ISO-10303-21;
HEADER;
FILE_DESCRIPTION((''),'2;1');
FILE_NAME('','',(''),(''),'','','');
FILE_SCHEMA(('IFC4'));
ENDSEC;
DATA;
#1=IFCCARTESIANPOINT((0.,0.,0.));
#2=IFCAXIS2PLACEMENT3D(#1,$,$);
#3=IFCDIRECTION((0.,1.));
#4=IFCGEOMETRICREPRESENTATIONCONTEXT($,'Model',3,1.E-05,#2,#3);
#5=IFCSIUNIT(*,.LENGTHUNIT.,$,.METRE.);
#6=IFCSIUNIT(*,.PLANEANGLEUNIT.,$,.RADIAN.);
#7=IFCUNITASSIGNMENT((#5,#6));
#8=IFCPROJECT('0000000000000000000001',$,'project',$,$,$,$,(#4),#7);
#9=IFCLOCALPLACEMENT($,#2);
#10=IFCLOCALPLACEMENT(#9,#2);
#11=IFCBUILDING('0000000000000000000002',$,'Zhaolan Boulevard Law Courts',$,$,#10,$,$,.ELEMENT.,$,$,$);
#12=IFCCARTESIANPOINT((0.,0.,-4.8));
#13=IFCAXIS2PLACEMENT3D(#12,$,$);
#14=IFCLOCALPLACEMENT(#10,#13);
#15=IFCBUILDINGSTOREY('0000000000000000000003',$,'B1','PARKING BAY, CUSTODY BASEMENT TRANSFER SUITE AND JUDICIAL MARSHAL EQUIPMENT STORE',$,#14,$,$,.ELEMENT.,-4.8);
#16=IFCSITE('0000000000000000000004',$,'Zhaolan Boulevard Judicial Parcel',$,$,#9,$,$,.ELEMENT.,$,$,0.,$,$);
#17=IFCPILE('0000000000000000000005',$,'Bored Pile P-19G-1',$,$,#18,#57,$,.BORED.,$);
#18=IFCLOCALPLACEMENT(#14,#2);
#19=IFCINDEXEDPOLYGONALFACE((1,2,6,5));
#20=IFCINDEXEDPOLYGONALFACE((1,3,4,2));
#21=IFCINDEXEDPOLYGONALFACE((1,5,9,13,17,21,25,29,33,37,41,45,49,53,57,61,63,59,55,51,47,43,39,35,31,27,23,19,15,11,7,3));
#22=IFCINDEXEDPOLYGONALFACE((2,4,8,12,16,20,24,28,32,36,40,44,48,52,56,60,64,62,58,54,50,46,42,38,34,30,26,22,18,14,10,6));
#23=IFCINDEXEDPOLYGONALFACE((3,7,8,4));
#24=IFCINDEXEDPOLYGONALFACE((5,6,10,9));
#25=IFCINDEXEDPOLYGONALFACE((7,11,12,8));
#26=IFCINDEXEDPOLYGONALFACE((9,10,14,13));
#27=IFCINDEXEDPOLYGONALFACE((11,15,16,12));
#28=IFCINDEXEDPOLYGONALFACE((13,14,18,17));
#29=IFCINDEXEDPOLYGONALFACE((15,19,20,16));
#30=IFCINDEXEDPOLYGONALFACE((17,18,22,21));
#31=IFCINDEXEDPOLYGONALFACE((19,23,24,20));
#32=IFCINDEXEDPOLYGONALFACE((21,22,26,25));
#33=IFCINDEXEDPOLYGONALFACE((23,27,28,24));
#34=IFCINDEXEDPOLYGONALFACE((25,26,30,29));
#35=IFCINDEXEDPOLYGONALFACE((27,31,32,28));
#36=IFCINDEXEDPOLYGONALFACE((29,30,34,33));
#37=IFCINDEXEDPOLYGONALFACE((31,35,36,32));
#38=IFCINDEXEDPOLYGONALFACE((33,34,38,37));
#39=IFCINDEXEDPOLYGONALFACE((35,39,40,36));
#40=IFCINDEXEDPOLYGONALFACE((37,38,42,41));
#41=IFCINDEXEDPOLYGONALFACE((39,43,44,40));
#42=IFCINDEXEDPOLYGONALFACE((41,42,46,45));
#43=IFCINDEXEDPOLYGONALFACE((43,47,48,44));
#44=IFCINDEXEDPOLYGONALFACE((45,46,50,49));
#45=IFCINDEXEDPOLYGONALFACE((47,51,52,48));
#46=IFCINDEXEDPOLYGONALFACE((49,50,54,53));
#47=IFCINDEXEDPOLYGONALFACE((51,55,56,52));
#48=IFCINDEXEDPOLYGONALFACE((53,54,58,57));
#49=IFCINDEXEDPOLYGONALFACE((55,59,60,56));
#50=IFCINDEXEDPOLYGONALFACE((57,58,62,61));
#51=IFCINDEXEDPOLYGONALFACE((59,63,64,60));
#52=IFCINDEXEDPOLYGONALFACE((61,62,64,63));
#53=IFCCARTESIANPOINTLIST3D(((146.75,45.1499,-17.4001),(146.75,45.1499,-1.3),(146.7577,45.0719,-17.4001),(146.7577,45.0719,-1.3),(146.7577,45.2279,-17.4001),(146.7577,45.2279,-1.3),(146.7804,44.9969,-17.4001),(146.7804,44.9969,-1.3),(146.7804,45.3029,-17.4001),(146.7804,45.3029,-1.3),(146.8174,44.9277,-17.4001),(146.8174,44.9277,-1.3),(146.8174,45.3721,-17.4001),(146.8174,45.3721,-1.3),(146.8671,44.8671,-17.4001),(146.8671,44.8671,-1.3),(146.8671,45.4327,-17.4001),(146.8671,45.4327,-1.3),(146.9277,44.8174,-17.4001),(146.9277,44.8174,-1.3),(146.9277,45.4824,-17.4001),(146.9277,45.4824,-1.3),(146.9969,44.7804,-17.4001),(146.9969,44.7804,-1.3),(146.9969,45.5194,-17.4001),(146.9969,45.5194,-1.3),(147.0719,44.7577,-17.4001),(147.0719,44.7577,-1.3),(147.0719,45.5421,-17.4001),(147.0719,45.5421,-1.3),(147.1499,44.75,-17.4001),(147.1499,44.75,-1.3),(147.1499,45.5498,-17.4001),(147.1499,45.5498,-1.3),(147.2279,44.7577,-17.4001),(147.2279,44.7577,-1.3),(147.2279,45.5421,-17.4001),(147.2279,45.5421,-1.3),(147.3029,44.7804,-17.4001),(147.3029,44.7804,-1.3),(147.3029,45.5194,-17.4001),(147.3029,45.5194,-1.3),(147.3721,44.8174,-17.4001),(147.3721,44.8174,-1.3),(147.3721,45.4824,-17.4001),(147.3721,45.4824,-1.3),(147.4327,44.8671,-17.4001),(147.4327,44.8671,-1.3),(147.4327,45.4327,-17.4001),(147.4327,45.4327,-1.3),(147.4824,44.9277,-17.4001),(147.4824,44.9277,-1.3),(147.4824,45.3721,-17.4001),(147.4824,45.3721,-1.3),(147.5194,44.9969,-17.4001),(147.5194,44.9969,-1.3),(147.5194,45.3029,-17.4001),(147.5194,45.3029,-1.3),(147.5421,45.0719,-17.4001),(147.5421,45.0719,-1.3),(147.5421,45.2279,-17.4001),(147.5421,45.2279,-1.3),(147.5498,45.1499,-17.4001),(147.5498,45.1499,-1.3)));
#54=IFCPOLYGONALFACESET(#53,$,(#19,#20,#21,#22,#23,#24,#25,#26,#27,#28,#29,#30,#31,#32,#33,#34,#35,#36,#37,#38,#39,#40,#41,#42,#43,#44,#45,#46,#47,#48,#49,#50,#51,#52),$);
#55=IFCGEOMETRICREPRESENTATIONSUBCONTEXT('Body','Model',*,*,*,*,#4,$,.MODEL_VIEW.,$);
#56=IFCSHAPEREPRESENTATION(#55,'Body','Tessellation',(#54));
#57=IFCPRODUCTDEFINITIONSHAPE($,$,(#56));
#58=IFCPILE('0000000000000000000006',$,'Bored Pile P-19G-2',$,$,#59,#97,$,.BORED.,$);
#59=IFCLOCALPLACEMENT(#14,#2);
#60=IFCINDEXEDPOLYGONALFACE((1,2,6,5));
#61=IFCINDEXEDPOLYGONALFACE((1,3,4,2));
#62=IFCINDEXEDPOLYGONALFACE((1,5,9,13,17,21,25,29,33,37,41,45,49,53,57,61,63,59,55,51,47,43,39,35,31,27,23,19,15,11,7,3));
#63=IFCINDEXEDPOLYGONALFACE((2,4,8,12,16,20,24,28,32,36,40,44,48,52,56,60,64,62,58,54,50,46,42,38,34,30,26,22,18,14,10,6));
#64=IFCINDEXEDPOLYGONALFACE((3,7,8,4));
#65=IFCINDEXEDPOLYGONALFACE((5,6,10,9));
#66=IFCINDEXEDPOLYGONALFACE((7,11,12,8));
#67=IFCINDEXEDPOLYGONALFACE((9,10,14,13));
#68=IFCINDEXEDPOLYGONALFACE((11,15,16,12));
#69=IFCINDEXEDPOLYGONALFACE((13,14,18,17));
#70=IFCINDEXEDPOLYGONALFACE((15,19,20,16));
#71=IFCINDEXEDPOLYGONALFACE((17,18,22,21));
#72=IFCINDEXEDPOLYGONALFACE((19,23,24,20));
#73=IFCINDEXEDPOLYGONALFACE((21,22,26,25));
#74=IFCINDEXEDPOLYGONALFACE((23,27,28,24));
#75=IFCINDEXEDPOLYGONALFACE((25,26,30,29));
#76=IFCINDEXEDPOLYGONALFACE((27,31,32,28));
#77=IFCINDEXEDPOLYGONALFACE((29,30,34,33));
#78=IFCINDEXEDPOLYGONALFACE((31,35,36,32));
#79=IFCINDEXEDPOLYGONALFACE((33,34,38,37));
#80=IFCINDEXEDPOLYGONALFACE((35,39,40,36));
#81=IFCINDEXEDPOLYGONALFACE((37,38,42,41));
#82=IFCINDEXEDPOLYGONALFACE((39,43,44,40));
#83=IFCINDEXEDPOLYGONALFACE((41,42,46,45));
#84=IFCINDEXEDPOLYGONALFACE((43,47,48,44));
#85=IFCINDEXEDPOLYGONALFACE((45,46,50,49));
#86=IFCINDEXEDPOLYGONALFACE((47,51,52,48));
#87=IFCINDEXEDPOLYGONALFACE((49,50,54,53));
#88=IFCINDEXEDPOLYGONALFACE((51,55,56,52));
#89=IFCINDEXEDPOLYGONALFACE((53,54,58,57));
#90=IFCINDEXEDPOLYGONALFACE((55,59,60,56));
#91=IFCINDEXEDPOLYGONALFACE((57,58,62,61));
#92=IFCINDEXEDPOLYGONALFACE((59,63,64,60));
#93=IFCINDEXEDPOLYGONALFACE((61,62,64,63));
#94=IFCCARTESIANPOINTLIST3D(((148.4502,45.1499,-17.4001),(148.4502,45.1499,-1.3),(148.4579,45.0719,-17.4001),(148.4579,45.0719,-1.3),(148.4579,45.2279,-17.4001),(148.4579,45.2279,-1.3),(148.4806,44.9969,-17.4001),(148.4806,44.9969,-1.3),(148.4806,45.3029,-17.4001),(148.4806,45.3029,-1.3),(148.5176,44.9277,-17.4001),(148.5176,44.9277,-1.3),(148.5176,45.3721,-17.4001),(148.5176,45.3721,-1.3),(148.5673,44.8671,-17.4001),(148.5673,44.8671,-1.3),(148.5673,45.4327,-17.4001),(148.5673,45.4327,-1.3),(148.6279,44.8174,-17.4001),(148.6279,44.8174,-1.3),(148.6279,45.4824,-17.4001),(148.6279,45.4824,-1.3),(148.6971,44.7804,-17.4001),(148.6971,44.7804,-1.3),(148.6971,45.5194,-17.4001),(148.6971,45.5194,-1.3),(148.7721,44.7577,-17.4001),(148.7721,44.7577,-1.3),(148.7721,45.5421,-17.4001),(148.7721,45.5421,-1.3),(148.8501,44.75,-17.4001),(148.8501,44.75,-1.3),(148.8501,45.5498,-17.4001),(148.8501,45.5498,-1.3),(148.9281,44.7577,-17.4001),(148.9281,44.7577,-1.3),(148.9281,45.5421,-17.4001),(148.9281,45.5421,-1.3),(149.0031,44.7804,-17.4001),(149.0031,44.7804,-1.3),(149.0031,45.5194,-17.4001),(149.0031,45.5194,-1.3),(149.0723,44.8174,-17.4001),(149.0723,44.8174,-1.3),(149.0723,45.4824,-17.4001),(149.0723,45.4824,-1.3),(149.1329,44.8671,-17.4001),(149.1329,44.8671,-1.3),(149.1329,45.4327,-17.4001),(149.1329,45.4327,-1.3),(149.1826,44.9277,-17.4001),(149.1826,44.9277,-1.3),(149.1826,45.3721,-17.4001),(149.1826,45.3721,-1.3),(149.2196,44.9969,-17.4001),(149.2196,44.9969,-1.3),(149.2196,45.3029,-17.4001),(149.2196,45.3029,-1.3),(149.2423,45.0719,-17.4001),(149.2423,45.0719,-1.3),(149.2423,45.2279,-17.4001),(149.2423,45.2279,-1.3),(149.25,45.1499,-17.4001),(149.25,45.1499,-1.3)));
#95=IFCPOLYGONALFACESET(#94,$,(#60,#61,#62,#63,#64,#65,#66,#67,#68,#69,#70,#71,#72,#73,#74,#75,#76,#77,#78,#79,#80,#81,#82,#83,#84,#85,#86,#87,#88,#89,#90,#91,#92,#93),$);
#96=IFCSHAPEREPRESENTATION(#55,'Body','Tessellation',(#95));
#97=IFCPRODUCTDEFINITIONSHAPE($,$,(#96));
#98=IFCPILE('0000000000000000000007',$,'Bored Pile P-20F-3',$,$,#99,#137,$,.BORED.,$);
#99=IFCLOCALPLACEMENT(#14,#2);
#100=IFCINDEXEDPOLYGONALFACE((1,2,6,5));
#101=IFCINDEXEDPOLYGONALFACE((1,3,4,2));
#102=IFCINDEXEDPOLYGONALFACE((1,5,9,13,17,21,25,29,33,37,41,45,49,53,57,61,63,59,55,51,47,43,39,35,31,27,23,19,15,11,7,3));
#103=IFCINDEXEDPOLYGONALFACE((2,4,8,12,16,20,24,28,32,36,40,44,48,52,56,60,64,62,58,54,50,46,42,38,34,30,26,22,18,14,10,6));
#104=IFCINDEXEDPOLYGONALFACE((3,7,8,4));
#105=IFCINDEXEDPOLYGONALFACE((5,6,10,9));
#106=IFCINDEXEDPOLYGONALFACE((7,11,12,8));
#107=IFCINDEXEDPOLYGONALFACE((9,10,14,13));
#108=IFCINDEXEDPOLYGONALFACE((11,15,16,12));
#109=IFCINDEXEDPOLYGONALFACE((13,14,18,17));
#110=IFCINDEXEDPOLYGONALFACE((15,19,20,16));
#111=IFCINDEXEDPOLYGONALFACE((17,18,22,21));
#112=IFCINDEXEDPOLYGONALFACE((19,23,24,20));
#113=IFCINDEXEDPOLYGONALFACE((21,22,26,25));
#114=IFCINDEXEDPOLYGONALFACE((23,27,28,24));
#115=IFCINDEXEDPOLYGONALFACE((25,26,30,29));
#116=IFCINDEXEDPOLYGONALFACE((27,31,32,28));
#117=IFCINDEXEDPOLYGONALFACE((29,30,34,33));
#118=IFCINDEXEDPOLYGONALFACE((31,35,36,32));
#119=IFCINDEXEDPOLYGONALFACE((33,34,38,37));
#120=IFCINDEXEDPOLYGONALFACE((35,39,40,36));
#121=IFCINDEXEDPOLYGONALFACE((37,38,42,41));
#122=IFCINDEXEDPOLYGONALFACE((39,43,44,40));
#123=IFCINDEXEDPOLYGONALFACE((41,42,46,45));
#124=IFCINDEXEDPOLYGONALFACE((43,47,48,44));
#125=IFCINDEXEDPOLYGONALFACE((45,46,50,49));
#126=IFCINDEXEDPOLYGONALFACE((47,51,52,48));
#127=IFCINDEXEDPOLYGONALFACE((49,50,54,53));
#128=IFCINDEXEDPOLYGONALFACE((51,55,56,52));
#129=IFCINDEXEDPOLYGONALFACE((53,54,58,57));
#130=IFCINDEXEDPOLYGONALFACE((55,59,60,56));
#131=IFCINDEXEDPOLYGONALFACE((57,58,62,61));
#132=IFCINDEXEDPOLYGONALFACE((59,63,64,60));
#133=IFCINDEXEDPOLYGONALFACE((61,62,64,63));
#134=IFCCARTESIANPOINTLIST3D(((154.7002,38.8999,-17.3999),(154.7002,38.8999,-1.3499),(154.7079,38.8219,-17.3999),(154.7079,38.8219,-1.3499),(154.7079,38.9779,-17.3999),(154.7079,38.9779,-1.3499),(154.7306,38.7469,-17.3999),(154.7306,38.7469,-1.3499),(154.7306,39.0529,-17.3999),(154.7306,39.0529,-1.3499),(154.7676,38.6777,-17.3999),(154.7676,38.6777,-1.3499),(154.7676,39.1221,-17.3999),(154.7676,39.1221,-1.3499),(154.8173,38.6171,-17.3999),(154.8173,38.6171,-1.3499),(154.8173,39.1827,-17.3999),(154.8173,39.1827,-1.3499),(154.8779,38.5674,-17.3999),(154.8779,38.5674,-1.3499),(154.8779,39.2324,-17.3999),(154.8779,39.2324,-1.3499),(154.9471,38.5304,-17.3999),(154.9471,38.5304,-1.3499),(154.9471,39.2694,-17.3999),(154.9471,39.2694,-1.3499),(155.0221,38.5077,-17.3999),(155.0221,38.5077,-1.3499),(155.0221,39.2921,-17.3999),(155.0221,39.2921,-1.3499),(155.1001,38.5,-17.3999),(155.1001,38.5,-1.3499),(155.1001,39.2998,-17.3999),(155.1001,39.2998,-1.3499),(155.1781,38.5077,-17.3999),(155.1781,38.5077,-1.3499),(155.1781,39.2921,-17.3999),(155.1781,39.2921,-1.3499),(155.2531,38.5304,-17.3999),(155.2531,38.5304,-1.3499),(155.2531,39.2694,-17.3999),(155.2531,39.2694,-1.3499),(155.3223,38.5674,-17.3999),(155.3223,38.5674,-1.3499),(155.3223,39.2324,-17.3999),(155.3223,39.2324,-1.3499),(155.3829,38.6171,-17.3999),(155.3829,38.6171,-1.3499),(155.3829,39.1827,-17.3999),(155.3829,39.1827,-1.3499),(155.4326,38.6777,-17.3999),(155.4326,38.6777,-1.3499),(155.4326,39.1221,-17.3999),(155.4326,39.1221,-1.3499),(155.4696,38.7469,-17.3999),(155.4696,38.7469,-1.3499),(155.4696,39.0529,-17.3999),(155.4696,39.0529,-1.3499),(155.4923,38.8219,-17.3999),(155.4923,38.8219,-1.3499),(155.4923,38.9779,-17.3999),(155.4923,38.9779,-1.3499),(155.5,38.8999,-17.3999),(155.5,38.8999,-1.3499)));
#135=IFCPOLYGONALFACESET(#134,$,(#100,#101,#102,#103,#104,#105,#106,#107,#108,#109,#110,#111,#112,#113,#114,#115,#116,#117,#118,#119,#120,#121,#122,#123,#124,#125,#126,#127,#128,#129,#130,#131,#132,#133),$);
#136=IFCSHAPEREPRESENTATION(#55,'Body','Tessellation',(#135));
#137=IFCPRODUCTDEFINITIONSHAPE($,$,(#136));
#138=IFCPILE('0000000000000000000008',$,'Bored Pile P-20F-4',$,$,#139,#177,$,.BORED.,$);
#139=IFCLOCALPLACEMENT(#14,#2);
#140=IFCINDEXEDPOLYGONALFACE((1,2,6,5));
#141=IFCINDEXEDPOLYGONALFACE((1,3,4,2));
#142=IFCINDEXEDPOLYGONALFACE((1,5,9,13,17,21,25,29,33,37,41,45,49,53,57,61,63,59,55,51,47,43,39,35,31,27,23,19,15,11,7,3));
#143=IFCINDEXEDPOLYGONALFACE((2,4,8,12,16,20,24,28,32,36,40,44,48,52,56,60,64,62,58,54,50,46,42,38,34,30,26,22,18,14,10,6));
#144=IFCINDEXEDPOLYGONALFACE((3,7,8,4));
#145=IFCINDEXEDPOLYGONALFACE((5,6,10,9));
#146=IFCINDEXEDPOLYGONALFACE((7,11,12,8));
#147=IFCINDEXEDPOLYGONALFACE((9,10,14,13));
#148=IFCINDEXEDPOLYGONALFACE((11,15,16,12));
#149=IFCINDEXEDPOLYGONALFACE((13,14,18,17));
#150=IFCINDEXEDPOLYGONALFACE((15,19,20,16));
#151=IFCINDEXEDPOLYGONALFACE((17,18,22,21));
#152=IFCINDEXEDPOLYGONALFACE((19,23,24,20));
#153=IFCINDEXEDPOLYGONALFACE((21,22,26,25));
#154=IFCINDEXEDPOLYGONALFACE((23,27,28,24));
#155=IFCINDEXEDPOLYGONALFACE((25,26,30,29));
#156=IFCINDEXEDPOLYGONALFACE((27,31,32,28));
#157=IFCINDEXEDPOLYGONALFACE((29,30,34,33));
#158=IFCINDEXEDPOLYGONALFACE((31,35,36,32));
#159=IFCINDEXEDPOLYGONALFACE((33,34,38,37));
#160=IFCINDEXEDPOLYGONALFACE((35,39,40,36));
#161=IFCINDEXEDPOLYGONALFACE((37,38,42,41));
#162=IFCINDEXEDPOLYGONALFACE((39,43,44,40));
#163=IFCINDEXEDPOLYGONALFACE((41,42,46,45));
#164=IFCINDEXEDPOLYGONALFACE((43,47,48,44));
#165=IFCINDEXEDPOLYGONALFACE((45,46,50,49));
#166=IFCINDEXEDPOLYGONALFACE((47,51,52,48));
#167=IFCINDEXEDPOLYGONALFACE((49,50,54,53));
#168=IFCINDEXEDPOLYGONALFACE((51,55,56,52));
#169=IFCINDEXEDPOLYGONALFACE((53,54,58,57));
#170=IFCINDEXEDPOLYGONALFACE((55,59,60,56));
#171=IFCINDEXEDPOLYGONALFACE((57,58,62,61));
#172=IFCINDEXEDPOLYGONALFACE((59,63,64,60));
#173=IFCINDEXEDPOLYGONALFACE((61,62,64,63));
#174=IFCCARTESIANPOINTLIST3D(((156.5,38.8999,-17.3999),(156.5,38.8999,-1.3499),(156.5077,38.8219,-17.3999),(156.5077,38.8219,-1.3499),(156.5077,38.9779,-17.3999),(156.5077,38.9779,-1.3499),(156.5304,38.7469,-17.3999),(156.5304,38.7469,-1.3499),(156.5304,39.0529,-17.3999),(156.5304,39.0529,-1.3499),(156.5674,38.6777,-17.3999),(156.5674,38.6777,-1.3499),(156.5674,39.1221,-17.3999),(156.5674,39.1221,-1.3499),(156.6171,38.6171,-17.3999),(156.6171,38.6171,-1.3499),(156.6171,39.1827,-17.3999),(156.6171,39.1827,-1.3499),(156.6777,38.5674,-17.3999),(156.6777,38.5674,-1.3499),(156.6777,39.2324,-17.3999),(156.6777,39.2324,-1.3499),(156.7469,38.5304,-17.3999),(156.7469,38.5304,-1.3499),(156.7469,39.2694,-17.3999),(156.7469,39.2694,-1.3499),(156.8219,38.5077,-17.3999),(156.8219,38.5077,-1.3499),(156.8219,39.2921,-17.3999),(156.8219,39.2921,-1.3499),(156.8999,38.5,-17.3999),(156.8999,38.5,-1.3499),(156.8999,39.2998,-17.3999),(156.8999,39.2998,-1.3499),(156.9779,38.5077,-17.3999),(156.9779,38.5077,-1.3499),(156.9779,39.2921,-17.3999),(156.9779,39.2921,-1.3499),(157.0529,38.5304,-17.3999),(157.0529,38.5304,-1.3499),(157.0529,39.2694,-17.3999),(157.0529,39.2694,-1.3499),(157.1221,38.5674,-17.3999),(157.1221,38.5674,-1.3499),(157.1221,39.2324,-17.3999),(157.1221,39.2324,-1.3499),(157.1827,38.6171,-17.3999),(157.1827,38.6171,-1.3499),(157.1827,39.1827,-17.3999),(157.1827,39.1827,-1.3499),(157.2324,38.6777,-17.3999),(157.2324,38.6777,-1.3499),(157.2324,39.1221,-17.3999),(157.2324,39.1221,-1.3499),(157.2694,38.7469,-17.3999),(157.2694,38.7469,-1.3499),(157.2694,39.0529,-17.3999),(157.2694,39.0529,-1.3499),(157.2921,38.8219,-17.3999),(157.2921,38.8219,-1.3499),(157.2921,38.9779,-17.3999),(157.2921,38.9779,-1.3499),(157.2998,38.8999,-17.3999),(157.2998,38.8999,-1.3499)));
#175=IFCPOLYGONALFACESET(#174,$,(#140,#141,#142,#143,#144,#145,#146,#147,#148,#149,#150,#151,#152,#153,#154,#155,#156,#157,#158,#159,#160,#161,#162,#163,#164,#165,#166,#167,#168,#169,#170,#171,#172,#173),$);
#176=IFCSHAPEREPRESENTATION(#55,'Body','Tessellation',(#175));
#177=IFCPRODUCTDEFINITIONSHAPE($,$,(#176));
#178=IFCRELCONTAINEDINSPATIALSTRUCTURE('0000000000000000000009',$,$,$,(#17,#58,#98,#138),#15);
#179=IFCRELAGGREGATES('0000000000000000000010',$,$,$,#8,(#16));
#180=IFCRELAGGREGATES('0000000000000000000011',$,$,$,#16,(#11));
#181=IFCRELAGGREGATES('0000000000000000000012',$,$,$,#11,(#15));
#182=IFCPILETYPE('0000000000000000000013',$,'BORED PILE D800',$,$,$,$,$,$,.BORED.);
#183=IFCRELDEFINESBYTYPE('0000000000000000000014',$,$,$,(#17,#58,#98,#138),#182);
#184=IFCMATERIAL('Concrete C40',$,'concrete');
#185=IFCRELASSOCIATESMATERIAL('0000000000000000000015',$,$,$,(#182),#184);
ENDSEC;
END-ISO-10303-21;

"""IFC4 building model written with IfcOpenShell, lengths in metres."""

from ifc_helpers import new_model, si_unit, direction, frame, origin, origin_2d, place, context, subcontext, project, spatial, circle, extrude, material, material_profile, profile_set, type_object, element, save


model = new_model("IFC4")

# Units and contexts
model_context = context("Model", 3, precision=1e-05, world=origin(), true_north=direction((0.0, 1.0)))
body_context = subcontext(model_context, "Body", "Model", "MODEL_VIEW")
ifc_project = project(units=[si_unit("LENGTHUNIT", "METRE"), si_unit("PLANEANGLEUNIT", "RADIAN")], contexts=[model_context])

# Site, building, storey
site_placement = place(None, origin())
site = spatial("IfcSite", under=ifc_project, at=site_placement, Name="Zhaolan Boulevard Judicial Parcel", CompositionType="ELEMENT", RefElevation=0.0)
building_placement = place(site_placement, origin())
building = spatial("IfcBuilding", under=site, at=building_placement, Name="Zhaolan Boulevard Law Courts", CompositionType="ELEMENT")
storey_placement = place(building_placement, frame((0.0, 0.0, -4.8)))
storey = spatial("IfcBuildingStorey", under=building, at=storey_placement, Name="B1", Description="PARKING BAY, CUSTODY BASEMENT TRANSFER SUITE AND JUDICIAL MARSHAL EQUIPMENT STORE", CompositionType="ELEMENT", Elevation=-4.8)

# Piles
ifc_material_1 = material(Name="Concrete C40", Category="concrete")
ifc_material_profile_1 = material_profile(ifc_material_1, circle(Radius=0.3999, at=origin_2d()), Name="PILE-D800")
ifc_profile_set_1 = profile_set([ifc_material_profile_1], Name="Concrete C40")
pile_type = type_object("IfcPileType", Name="BORED PILE D800", PredefinedType="BORED", material=ifc_profile_set_1)
for number, where, z_axis, x_axis, name in (
    (1, (147.1499, 45.1499, -1.3), (0.0, 0.0, -1.0), (1.0, 0.0, 0.0), "Bored Pile P-19G-1"),
    (2, (148.8501, 45.1499, -1.3), (0.0, 0.0, -1.0), (1.0, 0.0, 0.0), "Bored Pile P-19G-2"),
):
    element("IfcPile", number, at=place(storey_placement, frame(where, z_axis=z_axis, x_axis=x_axis)), inside=storey, type_object=pile_type, Name=name, PredefinedType="BORED", context=body_context, shape_type="SweptSolid", body=[
        extrude(circle(Radius=0.3999, at=origin_2d()), origin(), (0.0, 0.0, 1.0), 16.1001),
    ])
for number, where, z_axis, x_axis, name in (
    (3, (155.1001, 38.8999, -1.3499), (0.0, 0.0, -1.0), (1.0, 0.0, 0.0), "Bored Pile P-20F-3"),
    (4, (156.8999, 38.8999, -1.3499), (0.0, 0.0, -1.0), (1.0, 0.0, 0.0), "Bored Pile P-20F-4"),
):
    element("IfcPile", number, at=place(storey_placement, frame(where, z_axis=z_axis, x_axis=x_axis)), inside=storey, type_object=pile_type, Name=name, PredefinedType="BORED", context=body_context, shape_type="SweptSolid", body=[
        extrude(circle(Radius=0.3999, at=origin_2d()), origin(), (0.0, 0.0, 1.0), 16.05),
    ])

save(model, "model.ifc")
